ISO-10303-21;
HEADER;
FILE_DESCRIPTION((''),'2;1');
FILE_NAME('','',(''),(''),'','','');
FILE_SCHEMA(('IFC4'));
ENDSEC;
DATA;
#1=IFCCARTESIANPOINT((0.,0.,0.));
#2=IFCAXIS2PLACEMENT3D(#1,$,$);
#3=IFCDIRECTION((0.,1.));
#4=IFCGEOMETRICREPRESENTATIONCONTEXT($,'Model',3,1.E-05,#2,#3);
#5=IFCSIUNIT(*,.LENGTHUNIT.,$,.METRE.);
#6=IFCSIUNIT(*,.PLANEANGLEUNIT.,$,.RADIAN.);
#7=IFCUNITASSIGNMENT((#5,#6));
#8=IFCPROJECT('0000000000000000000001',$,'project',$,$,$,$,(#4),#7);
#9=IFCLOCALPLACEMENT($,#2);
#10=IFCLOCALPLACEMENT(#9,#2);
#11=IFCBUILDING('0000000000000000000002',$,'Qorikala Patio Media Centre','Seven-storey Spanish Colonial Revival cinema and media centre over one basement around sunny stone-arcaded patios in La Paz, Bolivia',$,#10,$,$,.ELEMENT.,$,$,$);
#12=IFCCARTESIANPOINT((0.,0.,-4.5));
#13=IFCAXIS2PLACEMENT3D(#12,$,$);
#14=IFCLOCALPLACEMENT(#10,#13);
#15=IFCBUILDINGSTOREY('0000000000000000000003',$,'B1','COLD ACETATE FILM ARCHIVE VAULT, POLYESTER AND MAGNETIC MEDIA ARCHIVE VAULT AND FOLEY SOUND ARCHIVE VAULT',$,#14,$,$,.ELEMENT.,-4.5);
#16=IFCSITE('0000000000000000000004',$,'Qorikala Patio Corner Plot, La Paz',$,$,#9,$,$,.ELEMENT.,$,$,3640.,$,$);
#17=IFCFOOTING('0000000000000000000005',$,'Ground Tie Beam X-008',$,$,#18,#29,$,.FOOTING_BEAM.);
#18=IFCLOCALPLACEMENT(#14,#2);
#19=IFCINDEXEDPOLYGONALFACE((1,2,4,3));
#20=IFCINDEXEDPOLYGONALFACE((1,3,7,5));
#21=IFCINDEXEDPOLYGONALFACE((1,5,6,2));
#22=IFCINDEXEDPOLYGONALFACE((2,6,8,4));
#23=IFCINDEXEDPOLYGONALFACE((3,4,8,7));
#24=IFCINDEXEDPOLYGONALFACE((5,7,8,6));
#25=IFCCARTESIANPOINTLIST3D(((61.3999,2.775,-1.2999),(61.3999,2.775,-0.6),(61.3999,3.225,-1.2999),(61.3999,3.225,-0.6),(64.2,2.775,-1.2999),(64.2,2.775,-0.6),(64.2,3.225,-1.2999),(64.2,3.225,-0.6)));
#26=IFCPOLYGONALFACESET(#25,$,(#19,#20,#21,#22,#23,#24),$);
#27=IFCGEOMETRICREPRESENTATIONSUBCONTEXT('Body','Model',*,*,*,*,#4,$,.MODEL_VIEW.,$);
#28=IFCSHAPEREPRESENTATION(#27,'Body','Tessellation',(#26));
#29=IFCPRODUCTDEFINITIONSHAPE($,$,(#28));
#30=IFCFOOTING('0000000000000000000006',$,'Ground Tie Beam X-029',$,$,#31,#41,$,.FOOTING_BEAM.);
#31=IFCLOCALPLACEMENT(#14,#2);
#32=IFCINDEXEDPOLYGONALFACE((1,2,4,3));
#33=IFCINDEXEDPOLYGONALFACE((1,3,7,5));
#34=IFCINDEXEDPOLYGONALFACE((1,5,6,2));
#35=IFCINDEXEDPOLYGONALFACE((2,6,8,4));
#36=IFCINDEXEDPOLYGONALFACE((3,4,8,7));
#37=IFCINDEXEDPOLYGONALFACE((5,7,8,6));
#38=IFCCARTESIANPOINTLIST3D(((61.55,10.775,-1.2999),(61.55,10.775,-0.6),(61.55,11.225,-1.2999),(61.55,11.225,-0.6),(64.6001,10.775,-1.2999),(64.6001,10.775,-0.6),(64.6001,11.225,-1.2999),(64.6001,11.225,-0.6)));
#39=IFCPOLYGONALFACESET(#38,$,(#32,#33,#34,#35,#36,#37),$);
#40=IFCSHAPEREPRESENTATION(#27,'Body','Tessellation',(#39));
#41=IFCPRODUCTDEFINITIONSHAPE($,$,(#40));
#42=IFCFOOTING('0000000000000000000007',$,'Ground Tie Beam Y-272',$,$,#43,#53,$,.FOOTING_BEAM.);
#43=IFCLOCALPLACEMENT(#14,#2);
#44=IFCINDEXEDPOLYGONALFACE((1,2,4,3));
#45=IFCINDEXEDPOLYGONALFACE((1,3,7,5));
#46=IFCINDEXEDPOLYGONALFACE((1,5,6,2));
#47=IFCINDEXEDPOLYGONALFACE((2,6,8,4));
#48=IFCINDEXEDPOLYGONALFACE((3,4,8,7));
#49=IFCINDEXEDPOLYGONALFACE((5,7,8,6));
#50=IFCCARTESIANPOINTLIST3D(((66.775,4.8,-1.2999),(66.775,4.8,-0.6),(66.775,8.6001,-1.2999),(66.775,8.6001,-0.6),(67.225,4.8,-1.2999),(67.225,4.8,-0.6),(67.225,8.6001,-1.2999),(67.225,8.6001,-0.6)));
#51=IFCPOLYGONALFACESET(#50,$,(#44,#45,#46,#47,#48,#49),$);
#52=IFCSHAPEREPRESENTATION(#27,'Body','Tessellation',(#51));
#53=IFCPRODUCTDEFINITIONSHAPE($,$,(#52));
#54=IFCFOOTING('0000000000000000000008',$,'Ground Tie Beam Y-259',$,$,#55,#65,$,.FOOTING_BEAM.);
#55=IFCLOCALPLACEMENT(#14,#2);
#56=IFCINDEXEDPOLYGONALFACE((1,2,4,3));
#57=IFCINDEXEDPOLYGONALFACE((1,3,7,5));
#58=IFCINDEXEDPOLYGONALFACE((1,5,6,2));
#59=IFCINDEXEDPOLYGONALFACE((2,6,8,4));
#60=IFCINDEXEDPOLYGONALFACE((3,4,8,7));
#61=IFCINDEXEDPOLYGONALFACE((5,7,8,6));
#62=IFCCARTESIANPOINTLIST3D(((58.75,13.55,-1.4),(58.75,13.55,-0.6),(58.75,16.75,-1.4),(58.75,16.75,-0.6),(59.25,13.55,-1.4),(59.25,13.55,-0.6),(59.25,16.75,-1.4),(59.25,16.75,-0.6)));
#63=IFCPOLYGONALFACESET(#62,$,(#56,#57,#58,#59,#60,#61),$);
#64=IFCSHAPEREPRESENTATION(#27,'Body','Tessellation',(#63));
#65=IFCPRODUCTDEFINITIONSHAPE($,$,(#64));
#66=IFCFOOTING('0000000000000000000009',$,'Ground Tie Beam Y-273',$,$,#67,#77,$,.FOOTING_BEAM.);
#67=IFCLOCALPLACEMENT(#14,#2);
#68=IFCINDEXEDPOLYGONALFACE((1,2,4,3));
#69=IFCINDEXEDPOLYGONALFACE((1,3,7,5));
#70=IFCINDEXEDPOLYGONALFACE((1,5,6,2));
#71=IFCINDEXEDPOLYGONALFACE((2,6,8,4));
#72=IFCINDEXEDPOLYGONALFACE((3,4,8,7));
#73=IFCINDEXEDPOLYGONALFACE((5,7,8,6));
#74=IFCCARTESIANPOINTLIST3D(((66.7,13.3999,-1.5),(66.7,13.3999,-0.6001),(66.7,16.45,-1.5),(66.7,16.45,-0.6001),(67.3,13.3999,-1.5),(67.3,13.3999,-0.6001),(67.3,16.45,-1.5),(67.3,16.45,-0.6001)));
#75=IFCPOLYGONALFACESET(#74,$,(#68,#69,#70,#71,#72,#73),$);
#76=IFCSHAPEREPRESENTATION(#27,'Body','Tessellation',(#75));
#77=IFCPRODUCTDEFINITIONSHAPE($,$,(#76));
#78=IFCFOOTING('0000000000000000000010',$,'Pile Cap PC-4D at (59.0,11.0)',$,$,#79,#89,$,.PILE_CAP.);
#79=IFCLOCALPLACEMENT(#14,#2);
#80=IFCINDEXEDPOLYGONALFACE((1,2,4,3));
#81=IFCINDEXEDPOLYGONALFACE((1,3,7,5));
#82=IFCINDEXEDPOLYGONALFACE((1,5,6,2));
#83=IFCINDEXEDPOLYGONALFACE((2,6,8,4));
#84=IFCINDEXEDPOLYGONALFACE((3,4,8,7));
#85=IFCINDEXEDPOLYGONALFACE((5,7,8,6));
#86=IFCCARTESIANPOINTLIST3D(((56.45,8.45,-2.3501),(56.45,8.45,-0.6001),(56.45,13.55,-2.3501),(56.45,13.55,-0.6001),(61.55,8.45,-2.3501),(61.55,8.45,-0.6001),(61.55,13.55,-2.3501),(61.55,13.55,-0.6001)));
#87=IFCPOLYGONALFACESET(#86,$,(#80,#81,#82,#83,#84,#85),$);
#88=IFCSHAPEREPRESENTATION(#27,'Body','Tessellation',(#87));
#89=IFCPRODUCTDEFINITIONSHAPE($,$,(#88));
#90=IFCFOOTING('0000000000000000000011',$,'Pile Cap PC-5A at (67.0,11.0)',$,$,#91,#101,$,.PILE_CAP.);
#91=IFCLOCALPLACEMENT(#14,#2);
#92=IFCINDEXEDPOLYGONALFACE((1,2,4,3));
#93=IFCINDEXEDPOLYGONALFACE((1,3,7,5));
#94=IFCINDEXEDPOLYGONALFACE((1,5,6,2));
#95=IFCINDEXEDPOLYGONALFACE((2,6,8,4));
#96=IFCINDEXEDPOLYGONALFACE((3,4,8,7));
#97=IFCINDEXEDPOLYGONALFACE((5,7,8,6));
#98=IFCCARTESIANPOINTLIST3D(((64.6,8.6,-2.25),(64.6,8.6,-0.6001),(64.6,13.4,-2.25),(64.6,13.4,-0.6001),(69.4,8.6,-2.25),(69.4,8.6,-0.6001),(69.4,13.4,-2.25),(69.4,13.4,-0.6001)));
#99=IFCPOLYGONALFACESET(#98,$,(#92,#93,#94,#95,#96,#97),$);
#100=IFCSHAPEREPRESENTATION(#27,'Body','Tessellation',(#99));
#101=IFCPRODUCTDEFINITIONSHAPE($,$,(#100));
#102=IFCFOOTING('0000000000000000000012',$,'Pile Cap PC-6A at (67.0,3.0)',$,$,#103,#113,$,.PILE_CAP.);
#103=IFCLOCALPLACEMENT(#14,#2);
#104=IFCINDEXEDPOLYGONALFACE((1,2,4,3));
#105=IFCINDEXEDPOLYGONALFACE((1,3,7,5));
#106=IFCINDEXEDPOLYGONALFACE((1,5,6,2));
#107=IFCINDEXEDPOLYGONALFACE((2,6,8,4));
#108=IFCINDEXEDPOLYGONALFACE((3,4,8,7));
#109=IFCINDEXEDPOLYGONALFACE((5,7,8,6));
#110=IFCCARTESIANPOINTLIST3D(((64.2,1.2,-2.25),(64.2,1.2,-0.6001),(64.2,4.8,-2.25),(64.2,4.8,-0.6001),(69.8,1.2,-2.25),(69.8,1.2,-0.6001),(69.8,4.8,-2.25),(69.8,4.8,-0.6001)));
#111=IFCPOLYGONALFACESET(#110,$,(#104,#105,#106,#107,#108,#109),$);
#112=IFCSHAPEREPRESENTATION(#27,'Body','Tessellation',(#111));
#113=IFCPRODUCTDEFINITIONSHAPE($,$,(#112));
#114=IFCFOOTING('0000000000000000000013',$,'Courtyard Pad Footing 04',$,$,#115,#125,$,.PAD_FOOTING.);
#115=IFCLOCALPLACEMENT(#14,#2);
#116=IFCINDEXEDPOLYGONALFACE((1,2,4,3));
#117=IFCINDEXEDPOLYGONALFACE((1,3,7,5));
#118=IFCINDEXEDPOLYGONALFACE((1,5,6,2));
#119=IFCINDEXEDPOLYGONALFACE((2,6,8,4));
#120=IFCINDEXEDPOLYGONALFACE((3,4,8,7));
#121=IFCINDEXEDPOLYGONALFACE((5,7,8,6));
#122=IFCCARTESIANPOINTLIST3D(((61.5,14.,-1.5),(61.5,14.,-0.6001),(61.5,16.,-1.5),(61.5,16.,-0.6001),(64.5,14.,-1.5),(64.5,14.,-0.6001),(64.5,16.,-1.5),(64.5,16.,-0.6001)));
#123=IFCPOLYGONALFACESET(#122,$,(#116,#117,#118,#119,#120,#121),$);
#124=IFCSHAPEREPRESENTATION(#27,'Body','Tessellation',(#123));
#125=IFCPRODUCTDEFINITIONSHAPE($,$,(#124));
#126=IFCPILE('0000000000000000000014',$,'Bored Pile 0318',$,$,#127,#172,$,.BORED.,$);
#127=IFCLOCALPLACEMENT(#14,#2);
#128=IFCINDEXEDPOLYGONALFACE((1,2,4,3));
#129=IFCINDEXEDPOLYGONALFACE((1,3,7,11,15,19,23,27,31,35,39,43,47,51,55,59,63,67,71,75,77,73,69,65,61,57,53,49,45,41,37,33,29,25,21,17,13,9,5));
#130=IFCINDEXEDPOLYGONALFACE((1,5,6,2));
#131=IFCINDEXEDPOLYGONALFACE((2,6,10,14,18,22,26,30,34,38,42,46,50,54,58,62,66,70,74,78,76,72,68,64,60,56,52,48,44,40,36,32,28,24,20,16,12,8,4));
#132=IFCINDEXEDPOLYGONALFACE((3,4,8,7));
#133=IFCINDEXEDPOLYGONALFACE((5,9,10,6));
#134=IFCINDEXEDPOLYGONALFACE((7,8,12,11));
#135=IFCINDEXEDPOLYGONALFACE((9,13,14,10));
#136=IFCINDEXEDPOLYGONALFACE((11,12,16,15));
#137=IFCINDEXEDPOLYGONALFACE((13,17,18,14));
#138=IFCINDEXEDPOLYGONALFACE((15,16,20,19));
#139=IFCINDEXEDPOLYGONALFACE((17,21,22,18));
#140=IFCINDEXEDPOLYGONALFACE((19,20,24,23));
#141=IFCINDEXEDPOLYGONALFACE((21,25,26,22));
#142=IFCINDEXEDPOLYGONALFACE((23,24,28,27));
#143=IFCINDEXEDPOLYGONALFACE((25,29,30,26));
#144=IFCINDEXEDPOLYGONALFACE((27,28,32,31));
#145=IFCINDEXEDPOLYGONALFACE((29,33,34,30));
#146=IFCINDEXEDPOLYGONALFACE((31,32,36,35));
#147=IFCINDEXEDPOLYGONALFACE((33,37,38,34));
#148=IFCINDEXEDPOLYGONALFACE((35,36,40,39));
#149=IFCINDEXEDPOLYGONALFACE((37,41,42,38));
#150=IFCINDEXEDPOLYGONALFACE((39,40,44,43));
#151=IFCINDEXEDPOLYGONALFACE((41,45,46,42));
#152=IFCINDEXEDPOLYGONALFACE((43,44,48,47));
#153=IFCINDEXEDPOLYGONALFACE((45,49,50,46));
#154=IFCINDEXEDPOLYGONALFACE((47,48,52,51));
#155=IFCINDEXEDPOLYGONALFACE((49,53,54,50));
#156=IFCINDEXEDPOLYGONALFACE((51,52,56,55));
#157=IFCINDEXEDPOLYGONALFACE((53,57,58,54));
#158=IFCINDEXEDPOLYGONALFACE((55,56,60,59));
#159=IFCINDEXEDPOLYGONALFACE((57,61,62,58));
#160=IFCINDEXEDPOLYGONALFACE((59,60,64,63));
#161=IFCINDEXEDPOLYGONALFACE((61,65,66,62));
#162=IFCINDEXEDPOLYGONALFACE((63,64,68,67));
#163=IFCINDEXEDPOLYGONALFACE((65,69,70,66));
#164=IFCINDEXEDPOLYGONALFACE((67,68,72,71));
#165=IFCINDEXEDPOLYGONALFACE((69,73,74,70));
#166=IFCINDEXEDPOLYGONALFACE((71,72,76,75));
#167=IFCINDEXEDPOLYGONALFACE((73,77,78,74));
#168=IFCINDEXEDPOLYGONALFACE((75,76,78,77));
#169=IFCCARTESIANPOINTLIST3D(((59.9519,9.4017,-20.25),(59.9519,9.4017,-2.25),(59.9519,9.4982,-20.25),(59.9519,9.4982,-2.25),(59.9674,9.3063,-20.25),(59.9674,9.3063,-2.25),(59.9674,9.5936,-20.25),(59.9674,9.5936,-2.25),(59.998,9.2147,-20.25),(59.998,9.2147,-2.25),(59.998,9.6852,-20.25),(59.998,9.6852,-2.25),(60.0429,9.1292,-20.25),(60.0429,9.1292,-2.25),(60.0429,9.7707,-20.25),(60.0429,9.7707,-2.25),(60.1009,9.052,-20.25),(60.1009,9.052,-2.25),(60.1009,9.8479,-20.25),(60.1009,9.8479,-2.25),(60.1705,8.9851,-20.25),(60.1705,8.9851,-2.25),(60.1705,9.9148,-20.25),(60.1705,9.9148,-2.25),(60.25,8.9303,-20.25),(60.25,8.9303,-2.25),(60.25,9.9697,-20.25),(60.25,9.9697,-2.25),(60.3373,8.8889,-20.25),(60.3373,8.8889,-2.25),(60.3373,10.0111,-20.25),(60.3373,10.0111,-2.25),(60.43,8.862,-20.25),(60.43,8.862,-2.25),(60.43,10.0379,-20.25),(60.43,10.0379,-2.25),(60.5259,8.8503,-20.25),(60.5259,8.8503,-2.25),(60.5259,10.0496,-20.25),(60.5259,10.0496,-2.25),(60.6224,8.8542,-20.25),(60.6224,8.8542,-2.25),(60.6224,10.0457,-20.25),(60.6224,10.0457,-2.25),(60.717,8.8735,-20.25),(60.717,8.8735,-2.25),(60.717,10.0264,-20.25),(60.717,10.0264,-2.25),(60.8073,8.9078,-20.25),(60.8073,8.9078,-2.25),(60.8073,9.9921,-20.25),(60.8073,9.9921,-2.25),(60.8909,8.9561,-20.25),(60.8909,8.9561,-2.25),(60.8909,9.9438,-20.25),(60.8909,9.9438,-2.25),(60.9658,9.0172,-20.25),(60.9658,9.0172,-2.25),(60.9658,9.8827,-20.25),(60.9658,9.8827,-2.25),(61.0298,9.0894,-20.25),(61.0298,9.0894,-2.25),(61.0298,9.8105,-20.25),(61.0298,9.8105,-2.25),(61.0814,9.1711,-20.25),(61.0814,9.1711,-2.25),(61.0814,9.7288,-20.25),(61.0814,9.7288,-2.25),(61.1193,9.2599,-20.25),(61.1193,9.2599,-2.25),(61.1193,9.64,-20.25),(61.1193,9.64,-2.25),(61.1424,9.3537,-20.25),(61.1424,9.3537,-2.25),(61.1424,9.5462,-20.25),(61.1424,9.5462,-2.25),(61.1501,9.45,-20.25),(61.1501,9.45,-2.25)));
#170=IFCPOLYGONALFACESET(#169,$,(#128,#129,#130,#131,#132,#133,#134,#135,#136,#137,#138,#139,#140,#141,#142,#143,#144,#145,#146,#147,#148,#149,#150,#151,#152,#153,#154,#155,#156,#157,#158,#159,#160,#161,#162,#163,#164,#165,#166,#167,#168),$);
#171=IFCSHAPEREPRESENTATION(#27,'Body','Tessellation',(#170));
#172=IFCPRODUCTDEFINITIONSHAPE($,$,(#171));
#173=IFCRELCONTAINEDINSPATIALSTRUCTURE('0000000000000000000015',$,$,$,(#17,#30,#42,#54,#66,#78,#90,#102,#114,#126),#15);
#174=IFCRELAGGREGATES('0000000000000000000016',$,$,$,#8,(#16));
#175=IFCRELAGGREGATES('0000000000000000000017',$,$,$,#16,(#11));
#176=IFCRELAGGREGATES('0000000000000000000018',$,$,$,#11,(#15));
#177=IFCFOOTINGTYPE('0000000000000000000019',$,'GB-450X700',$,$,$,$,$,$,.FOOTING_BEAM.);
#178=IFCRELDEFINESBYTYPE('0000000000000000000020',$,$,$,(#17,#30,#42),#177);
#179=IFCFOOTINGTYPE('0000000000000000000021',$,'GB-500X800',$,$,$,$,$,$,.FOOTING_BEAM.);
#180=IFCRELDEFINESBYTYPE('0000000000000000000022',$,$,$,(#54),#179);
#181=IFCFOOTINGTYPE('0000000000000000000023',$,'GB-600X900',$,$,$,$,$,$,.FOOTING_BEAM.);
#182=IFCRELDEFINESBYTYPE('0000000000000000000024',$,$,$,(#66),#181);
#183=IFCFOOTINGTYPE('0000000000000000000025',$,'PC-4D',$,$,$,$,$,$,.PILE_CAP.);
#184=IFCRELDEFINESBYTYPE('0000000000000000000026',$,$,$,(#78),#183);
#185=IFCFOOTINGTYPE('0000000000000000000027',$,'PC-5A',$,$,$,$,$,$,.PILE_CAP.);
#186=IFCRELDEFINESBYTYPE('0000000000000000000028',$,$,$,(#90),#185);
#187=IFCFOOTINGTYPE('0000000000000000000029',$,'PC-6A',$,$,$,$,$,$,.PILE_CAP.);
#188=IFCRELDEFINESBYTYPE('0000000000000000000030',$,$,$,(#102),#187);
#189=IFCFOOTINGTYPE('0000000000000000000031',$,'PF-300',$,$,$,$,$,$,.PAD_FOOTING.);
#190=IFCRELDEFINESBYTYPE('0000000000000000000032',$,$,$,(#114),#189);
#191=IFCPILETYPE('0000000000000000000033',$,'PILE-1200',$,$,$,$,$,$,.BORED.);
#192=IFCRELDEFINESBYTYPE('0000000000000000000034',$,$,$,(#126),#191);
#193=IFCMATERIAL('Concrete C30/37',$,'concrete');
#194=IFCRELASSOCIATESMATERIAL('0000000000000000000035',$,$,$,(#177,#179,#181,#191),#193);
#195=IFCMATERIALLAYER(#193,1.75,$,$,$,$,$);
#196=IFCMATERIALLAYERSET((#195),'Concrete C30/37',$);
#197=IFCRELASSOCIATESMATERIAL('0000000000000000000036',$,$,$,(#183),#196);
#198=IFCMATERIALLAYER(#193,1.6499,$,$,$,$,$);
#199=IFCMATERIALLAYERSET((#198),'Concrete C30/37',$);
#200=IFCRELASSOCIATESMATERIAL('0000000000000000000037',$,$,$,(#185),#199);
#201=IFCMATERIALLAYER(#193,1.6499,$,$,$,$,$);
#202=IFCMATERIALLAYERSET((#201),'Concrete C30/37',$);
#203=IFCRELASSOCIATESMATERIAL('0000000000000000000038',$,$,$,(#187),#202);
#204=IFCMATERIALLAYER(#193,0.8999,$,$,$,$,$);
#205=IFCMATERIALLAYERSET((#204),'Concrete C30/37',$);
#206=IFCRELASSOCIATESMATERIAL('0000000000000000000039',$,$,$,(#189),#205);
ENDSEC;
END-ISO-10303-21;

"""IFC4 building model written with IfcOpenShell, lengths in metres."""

from ifc_helpers import new_model, si_unit, direction, frame, origin, origin_2d, place, context, subcontext, project, spatial, rectangle, circle, extrude, material, layer, layer_set, material_profile, profile_set, type_object, element, save


model = new_model("IFC4")

# Units and contexts
model_context = context("Model", 3, precision=1e-05, world=origin(), true_north=direction((0.0, 1.0)))
body_context = subcontext(model_context, "Body", "Model", "MODEL_VIEW")
ifc_project = project(units=[si_unit("LENGTHUNIT", "METRE"), si_unit("PLANEANGLEUNIT", "RADIAN")], contexts=[model_context])

# Site, building, storey
site_placement = place(None, origin())
site = spatial("IfcSite", under=ifc_project, at=site_placement, Name="Qorikala Patio Corner Plot, La Paz", CompositionType="ELEMENT", RefElevation=3640.0)
building_placement = place(site_placement, origin())
building = spatial("IfcBuilding", under=site, at=building_placement, Name="Qorikala Patio Media Centre", Description="Seven-storey Spanish Colonial Revival cinema and media centre over one basement around sunny stone-arcaded patios in La Paz, Bolivia", CompositionType="ELEMENT")
storey_placement = place(building_placement, frame((0.0, 0.0, -4.5)))
storey = spatial("IfcBuildingStorey", under=building, at=storey_placement, Name="B1", Description="COLD ACETATE FILM ARCHIVE VAULT, POLYESTER AND MAGNETIC MEDIA ARCHIVE VAULT AND FOLEY SOUND ARCHIVE VAULT", CompositionType="ELEMENT", Elevation=-4.5)

# Footings
ifc_material_1 = material(Name="Concrete C30/37", Category="concrete")
ifc_material_profile_1 = material_profile(ifc_material_1, rectangle(XDim=0.45, YDim=0.7, at=origin_2d()), Name="RC 450x700")
ifc_profile_set_1 = profile_set([ifc_material_profile_1], Name="Concrete C30/37")
footing_type_1 = type_object("IfcFootingType", Name="GB-450X700", PredefinedType="FOOTING_BEAM", material=ifc_profile_set_1)
footing_1_placement = place(storey_placement, frame((61.3999, 3.0, -0.95), z_axis=(1.0, 0.0, 0.0), x_axis=(0.0, 1.0, 0.0)))
element("IfcFooting", 1, at=footing_1_placement, inside=storey, type_object=footing_type_1, Name="Ground Tie Beam X-008", PredefinedType="FOOTING_BEAM", context=body_context, shape_type="SweptSolid", body=[
    extrude(rectangle(XDim=0.45, YDim=0.7, at=origin_2d()), origin(), (0.0, 0.0, 1.0), 2.8),
])
footing_2_placement = place(storey_placement, frame((61.55, 11.0, -0.95), z_axis=(1.0, 0.0, 0.0), x_axis=(0.0, 1.0, 0.0)))
element("IfcFooting", 2, at=footing_2_placement, inside=storey, type_object=footing_type_1, Name="Ground Tie Beam X-029", PredefinedType="FOOTING_BEAM", context=body_context, shape_type="SweptSolid", body=[
    extrude(rectangle(XDim=0.45, YDim=0.7, at=origin_2d()), origin(), (0.0, 0.0, 1.0), 3.05),
])
footing_3_placement = place(storey_placement, frame((67.0, 4.8, -0.95), z_axis=(0.0, 1.0, 0.0), x_axis=(-1.0, 0.0, 0.0)))
element("IfcFooting", 3, at=footing_3_placement, inside=storey, type_object=footing_type_1, Name="Ground Tie Beam Y-272", PredefinedType="FOOTING_BEAM", context=body_context, shape_type="SweptSolid", body=[
    extrude(rectangle(XDim=0.45, YDim=0.7, at=origin_2d()), origin(), (0.0, 0.0, 1.0), 3.8),
])
ifc_material_profile_2 = material_profile(ifc_material_1, rectangle(XDim=0.5, YDim=0.8, at=origin_2d()), Name="RC 500x800")
ifc_profile_set_2 = profile_set([ifc_material_profile_2], Name="Concrete C30/37")
footing_type_2 = type_object("IfcFootingType", Name="GB-500X800", PredefinedType="FOOTING_BEAM", material=ifc_profile_set_2)
footing_4_placement = place(storey_placement, frame((59.0, 13.55, -1.0), z_axis=(0.0, 1.0, 0.0), x_axis=(-1.0, 0.0, 0.0)))
element("IfcFooting", 4, at=footing_4_placement, inside=storey, type_object=footing_type_2, Name="Ground Tie Beam Y-259", PredefinedType="FOOTING_BEAM", context=body_context, shape_type="SweptSolid", body=[
    extrude(rectangle(XDim=0.5, YDim=0.8, at=origin_2d()), origin(), (0.0, 0.0, 1.0), 3.2),
])
ifc_material_profile_3 = material_profile(ifc_material_1, rectangle(XDim=0.6001, YDim=0.8999, at=origin_2d()), Name="RC 600x900")
ifc_profile_set_3 = profile_set([ifc_material_profile_3], Name="Concrete C30/37")
footing_type_3 = type_object("IfcFootingType", Name="GB-600X900", PredefinedType="FOOTING_BEAM", material=ifc_profile_set_3)
footing_5_placement = place(storey_placement, frame((67.0, 13.3999, -1.05), z_axis=(0.0, 1.0, 0.0), x_axis=(-1.0, 0.0, 0.0)))
element("IfcFooting", 5, at=footing_5_placement, inside=storey, type_object=footing_type_3, Name="Ground Tie Beam Y-273", PredefinedType="FOOTING_BEAM", context=body_context, shape_type="SweptSolid", body=[
    extrude(rectangle(XDim=0.6001, YDim=0.8999, at=origin_2d()), origin(), (0.0, 0.0, 1.0), 3.05),
])
ifc_layer_1 = layer(ifc_material_1, 1.75)
ifc_layer_set_1 = layer_set([ifc_layer_1], Name="Concrete C30/37")
footing_type_4 = type_object("IfcFootingType", Name="PC-4D", PredefinedType="PILE_CAP", material=ifc_layer_set_1)
footing_6_placement = place(storey_placement, frame((59.0, 11.0, -2.3501), z_axis=(0.0, 0.0, 1.0), x_axis=(1.0, 0.0, 0.0)))
element("IfcFooting", 6, at=footing_6_placement, inside=storey, type_object=footing_type_4, Name="Pile Cap PC-4D at (59.0,11.0)", PredefinedType="PILE_CAP", context=body_context, shape_type="SweptSolid", body=[
    extrude(rectangle(XDim=5.1001, YDim=5.1001, at=origin_2d()), origin(), (0.0, 0.0, 1.0), 1.75),
])
ifc_layer_2 = layer(ifc_material_1, 1.6499)
ifc_layer_set_2 = layer_set([ifc_layer_2], Name="Concrete C30/37")
footing_type_5 = type_object("IfcFootingType", Name="PC-5A", PredefinedType="PILE_CAP", material=ifc_layer_set_2)
footing_7_placement = place(storey_placement, frame((67.0, 11.0, -2.25), z_axis=(0.0, 0.0, 1.0), x_axis=(1.0, 0.0, 0.0)))
element("IfcFooting", 7, at=footing_7_placement, inside=storey, type_object=footing_type_5, Name="Pile Cap PC-5A at (67.0,11.0)", PredefinedType="PILE_CAP", context=body_context, shape_type="SweptSolid", body=[
    extrude(rectangle(XDim=4.8, YDim=4.8, at=origin_2d()), origin(), (0.0, 0.0, 1.0), 1.6499),
])
ifc_layer_3 = layer(ifc_material_1, 1.6499)
ifc_layer_set_3 = layer_set([ifc_layer_3], Name="Concrete C30/37")
footing_type_6 = type_object("IfcFootingType", Name="PC-6A", PredefinedType="PILE_CAP", material=ifc_layer_set_3)
footing_8_placement = place(storey_placement, frame((67.0, 3.0, -2.25), z_axis=(0.0, 0.0, 1.0), x_axis=(1.0, 0.0, 0.0)))
element("IfcFooting", 8, at=footing_8_placement, inside=storey, type_object=footing_type_6, Name="Pile Cap PC-6A at (67.0,3.0)", PredefinedType="PILE_CAP", context=body_context, shape_type="SweptSolid", body=[
    extrude(rectangle(XDim=5.6001, YDim=3.6001, at=origin_2d()), origin(), (0.0, 0.0, 1.0), 1.6499),
])
ifc_layer_4 = layer(ifc_material_1, 0.8999)
ifc_layer_set_4 = layer_set([ifc_layer_4], Name="Concrete C30/37")
footing_type_7 = type_object("IfcFootingType", Name="PF-300", PredefinedType="PAD_FOOTING", material=ifc_layer_set_4)
footing_9_placement = place(storey_placement, frame((63.0, 15.0, -1.5), z_axis=(0.0, 0.0, 1.0), x_axis=(1.0, 0.0, 0.0)))
element("IfcFooting", 9, at=footing_9_placement, inside=storey, type_object=footing_type_7, Name="Courtyard Pad Footing 04", PredefinedType="PAD_FOOTING", context=body_context, shape_type="SweptSolid", body=[
    extrude(rectangle(XDim=3.0, YDim=2.0, at=origin_2d()), origin(), (0.0, 0.0, 1.0), 0.8999),
])

# Pile
ifc_material_profile_4 = material_profile(ifc_material_1, circle(Radius=0.6001, at=origin_2d()), Name="BORED PILE 1200")
ifc_profile_set_4 = profile_set([ifc_material_profile_4], Name="Concrete C30/37")
pile_type_1 = type_object("IfcPileType", Name="PILE-1200", PredefinedType="BORED", material=ifc_profile_set_4)
for number, where, z_axis, x_axis, name in (
    (10, (60.55, 9.45, -2.25), (0.0, 0.0, -1.0), (1.0, 0.0, 0.0), "Bored Pile 0318"),
):
    element("IfcPile", number, at=place(storey_placement, frame(where, z_axis=z_axis, x_axis=x_axis)), inside=storey, type_object=pile_type_1, Name=name, PredefinedType="BORED", context=body_context, shape_type="SweptSolid", body=[
        extrude(circle(Radius=0.6001, at=origin_2d()), origin(), (0.0, 0.0, 1.0), 18.0),
    ])

save(model, "model.ifc")
